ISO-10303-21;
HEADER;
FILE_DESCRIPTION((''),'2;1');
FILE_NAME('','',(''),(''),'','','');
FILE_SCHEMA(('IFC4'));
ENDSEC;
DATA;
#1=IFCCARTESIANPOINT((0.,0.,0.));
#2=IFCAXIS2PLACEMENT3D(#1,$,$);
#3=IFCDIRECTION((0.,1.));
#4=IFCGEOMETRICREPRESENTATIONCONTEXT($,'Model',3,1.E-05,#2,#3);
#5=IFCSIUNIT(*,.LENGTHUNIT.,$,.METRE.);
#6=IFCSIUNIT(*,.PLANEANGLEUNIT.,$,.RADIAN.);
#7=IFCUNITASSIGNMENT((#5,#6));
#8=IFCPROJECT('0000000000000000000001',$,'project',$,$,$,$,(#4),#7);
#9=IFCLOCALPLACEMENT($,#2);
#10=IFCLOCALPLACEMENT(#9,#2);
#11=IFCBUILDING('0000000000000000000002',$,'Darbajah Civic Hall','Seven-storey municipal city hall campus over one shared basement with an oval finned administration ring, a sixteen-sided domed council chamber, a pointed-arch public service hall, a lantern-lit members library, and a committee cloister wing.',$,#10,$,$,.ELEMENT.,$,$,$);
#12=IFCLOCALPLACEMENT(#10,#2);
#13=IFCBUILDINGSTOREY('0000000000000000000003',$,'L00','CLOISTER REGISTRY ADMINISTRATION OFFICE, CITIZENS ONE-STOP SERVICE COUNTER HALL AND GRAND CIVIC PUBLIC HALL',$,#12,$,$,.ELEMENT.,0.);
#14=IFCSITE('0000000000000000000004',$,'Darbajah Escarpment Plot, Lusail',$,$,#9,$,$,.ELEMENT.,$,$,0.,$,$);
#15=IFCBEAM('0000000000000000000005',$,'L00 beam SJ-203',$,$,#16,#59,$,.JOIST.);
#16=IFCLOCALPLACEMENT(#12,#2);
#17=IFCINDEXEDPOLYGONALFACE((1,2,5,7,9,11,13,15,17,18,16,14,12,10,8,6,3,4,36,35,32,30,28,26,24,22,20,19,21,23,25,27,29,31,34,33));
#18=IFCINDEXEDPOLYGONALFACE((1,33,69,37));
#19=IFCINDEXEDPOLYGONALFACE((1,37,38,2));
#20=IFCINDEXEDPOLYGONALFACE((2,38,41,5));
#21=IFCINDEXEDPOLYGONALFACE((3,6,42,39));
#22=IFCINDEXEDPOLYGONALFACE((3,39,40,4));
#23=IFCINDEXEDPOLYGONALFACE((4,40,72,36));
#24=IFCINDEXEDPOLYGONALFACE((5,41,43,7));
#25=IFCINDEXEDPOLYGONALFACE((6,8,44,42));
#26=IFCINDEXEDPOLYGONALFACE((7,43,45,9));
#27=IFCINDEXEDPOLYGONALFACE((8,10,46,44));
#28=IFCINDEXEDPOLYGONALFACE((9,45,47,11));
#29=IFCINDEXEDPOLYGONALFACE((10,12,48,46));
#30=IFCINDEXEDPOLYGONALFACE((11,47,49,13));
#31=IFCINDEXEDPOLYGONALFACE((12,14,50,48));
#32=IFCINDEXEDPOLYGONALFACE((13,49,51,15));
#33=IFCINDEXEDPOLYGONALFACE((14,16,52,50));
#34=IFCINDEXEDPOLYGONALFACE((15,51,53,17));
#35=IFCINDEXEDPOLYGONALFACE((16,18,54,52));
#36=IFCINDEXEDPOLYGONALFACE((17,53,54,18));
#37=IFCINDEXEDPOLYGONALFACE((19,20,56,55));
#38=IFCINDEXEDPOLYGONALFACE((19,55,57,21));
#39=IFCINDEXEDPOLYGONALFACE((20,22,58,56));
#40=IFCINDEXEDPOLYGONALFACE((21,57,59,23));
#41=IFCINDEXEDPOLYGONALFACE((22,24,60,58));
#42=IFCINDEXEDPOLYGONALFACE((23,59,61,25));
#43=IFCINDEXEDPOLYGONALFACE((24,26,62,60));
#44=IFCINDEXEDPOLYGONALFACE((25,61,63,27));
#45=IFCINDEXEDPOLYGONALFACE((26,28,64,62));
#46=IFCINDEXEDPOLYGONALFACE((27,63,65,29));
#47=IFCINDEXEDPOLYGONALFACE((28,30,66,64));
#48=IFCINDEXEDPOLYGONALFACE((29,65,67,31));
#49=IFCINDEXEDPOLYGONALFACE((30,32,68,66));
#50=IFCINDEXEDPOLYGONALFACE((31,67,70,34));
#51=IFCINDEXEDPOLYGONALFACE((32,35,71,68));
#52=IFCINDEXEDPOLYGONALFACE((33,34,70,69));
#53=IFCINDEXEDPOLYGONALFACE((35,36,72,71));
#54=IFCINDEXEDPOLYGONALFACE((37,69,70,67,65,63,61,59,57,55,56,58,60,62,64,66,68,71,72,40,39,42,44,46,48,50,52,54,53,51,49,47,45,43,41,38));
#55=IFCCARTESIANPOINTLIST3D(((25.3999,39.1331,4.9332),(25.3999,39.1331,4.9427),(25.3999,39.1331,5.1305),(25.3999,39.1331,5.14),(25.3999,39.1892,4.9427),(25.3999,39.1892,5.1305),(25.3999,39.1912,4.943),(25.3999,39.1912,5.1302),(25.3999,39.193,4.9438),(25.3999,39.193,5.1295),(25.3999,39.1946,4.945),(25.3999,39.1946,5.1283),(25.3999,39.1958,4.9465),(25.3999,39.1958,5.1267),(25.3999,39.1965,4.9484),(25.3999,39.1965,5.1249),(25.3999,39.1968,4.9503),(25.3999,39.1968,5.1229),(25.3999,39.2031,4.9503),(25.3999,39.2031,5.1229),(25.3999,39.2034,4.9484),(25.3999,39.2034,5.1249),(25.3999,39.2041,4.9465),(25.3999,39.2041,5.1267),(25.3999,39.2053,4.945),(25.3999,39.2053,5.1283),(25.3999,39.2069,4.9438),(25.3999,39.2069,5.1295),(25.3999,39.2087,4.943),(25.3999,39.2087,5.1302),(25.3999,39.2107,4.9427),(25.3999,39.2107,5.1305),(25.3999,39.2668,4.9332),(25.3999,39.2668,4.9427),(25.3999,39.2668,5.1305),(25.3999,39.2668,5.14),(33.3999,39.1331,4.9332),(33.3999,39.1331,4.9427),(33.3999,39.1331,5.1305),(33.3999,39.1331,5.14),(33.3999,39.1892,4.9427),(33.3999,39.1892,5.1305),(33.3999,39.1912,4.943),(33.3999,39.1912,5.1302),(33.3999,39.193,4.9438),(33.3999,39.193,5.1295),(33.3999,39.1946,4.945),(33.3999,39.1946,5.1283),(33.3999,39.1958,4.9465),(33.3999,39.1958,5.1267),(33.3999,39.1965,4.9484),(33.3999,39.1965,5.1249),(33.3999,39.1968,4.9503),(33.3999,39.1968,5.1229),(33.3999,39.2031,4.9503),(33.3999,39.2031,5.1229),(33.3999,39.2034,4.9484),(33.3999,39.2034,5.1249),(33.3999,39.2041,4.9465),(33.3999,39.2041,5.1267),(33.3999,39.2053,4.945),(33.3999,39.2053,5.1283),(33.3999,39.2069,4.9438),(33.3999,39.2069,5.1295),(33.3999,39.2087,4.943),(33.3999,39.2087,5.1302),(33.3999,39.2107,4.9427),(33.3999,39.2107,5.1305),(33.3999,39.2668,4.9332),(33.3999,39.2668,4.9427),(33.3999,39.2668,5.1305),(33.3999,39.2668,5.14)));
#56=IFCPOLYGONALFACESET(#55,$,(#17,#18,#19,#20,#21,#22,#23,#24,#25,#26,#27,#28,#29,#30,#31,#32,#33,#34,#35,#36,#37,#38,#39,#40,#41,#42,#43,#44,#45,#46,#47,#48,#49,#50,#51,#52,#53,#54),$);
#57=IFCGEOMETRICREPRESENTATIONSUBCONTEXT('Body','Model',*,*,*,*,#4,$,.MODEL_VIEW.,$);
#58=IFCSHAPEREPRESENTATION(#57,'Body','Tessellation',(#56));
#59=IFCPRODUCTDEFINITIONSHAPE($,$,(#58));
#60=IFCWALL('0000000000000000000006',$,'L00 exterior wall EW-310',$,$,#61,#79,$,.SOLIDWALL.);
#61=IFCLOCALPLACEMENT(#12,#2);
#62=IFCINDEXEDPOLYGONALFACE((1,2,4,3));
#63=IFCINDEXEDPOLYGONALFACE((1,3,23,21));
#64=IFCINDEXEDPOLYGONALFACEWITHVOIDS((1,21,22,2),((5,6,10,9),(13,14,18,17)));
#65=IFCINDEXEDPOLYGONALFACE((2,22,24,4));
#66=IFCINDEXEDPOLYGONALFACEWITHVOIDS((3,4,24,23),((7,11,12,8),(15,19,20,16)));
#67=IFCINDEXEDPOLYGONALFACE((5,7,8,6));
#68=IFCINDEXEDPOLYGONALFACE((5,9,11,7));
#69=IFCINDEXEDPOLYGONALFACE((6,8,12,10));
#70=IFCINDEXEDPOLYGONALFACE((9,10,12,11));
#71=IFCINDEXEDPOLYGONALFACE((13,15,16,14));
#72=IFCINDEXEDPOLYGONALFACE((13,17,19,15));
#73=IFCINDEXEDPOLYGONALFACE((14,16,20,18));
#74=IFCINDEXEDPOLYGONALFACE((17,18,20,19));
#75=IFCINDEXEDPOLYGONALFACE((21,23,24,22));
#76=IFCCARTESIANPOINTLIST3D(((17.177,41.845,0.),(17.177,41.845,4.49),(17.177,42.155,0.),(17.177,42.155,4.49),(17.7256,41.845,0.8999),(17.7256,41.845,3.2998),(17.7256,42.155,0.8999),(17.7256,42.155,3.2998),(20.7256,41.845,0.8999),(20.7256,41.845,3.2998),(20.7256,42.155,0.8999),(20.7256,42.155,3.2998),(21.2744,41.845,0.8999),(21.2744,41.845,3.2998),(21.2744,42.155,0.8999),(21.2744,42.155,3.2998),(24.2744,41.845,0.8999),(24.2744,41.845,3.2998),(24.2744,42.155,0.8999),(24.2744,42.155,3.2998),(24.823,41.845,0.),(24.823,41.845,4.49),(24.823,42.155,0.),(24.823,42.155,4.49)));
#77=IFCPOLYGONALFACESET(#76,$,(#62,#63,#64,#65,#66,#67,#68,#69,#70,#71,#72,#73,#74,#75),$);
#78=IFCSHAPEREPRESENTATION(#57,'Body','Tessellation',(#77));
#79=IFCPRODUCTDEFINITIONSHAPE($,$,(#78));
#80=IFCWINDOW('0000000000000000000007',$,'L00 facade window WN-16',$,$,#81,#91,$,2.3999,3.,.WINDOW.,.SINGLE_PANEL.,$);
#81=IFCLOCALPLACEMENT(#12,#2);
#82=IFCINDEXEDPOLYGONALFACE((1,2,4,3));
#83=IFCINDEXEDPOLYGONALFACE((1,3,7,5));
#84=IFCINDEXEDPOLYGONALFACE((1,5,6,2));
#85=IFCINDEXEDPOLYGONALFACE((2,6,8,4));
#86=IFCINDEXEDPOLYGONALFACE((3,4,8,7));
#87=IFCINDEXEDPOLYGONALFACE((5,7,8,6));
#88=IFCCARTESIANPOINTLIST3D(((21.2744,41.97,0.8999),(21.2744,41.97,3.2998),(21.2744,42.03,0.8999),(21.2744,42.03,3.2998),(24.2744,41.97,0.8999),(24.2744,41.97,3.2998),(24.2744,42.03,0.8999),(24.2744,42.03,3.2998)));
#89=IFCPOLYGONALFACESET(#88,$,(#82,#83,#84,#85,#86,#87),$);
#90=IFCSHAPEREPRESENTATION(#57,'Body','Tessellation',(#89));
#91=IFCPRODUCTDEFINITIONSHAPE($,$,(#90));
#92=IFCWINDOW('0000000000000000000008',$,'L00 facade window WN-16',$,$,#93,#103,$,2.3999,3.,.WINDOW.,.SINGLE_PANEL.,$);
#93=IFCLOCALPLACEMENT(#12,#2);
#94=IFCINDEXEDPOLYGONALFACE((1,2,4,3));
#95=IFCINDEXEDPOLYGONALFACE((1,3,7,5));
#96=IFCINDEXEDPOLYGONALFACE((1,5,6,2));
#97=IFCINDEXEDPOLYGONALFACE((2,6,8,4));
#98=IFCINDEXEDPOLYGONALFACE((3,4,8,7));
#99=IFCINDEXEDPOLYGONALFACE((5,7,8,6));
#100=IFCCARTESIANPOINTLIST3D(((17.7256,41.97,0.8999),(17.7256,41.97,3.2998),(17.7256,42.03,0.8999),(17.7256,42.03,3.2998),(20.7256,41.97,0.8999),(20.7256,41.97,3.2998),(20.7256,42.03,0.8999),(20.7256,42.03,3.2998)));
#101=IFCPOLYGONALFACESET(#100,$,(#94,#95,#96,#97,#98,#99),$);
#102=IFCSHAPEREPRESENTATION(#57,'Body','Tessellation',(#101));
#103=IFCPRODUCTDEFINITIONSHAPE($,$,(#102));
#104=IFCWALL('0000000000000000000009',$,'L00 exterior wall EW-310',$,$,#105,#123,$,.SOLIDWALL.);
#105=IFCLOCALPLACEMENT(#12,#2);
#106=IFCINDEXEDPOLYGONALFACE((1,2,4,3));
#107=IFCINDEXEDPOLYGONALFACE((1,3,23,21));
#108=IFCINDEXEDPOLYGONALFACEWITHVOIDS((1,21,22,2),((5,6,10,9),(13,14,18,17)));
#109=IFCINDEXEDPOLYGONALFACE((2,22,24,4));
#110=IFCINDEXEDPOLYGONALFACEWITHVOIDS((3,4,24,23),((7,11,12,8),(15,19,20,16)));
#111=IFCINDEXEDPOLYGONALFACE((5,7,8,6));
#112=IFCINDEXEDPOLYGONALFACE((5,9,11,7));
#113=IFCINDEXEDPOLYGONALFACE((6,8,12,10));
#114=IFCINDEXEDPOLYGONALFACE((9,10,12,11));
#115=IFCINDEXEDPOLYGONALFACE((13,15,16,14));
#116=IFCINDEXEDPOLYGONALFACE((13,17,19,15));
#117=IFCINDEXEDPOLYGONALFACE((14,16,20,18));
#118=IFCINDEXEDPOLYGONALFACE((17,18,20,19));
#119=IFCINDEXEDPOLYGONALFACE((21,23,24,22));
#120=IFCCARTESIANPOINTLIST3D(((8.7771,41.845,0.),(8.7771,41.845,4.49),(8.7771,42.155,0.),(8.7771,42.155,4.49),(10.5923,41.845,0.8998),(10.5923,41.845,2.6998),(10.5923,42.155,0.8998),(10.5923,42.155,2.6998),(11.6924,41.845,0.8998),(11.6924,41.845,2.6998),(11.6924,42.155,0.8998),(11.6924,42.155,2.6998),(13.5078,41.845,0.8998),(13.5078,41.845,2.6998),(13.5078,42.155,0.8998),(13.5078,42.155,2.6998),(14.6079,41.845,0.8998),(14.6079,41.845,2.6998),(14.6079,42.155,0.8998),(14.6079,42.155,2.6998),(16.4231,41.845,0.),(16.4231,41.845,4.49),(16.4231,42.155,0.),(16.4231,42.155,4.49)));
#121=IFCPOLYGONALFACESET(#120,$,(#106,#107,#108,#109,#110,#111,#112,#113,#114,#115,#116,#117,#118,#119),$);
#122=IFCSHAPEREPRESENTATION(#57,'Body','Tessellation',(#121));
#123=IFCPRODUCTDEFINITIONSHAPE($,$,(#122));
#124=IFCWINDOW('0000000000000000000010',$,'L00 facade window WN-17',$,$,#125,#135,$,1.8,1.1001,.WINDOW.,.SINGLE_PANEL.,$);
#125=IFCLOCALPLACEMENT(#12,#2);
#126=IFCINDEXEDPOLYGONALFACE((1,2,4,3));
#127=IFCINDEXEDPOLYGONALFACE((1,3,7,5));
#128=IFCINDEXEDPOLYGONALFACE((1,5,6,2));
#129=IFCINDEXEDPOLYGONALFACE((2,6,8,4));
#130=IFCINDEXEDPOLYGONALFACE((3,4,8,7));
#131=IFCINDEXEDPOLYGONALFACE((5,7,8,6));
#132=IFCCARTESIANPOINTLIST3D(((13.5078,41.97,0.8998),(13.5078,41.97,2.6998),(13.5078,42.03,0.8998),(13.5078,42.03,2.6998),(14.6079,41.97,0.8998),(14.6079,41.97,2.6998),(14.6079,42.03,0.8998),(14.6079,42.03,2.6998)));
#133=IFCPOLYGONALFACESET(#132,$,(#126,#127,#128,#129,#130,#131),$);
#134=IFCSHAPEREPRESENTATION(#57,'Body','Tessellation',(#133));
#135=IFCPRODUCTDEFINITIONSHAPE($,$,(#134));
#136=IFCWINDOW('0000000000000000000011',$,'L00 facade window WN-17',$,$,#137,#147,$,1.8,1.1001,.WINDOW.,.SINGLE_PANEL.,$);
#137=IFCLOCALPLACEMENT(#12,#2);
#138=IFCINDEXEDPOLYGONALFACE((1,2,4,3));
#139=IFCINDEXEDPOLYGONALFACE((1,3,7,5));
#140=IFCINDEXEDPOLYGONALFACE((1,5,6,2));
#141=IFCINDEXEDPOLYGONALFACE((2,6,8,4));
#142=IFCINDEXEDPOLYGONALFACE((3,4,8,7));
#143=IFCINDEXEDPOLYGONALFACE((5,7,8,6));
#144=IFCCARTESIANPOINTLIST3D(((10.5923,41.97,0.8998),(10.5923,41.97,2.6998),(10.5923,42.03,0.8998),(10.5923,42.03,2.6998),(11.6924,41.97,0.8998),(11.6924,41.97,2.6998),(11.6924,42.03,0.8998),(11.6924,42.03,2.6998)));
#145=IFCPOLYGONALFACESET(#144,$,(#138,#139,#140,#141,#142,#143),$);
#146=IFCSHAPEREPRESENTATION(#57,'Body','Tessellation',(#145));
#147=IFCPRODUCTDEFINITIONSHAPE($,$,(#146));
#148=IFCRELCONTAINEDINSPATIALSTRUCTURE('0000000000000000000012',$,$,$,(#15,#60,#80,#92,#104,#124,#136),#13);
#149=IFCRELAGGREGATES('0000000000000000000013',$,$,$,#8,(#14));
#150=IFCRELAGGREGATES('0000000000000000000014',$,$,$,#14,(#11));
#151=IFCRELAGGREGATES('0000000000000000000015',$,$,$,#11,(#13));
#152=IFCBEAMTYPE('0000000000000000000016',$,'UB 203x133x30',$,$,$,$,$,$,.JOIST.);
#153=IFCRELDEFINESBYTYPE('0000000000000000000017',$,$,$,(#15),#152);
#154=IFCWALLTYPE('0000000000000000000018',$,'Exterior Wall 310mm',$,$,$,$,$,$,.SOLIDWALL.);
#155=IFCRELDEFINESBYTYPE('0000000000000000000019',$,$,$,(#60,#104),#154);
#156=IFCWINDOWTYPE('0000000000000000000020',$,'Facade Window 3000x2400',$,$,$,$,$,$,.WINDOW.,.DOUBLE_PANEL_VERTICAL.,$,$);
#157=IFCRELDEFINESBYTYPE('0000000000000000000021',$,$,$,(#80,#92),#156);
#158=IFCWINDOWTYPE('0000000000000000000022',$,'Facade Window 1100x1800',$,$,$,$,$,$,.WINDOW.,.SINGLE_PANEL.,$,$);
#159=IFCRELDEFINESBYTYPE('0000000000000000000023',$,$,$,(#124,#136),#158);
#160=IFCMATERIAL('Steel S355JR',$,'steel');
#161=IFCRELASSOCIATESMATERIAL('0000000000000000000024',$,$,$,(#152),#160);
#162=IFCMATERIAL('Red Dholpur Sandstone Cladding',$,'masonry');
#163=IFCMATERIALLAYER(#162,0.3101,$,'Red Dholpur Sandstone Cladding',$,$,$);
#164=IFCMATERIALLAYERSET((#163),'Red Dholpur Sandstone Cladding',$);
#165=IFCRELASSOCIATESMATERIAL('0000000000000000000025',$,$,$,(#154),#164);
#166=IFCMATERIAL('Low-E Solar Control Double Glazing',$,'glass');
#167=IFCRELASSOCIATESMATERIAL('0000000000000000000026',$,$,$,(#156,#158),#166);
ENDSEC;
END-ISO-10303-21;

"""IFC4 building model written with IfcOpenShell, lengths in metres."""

from ifc_helpers import new_model, si_unit, direction, frame, frame_2d, origin, origin_2d, place, context, subcontext, project, spatial, rectangle, i_section, extrude, material, layer, layer_set, material_profile, profile_set, type_object, element, fill, save


model = new_model("IFC4")

# Units and contexts
model_context = context("Model", 3, precision=1e-05, world=origin(), true_north=direction((0.0, 1.0)))
body_context = subcontext(model_context, "Body", "Model", "MODEL_VIEW")
ifc_project = project(units=[si_unit("LENGTHUNIT", "METRE"), si_unit("PLANEANGLEUNIT", "RADIAN")], contexts=[model_context])

# Site, building, storey
site_placement = place(None, origin())
site = spatial("IfcSite", under=ifc_project, at=site_placement, Name="Darbajah Escarpment Plot, Lusail", CompositionType="ELEMENT", RefElevation=0.0)
building_placement = place(site_placement, origin())
building = spatial("IfcBuilding", under=site, at=building_placement, Name="Darbajah Civic Hall", Description="Seven-storey municipal city hall campus over one shared basement with an oval finned administration ring, a sixteen-sided domed council chamber, a pointed-arch public service hall, a lantern-lit members library, and a committee cloister wing.", CompositionType="ELEMENT")
storey_placement = place(building_placement, origin())
storey = spatial("IfcBuildingStorey", under=building, at=storey_placement, Name="L00", Description="CLOISTER REGISTRY ADMINISTRATION OFFICE, CITIZENS ONE-STOP SERVICE COUNTER HALL AND GRAND CIVIC PUBLIC HALL", CompositionType="ELEMENT", Elevation=0.0)

# Beam
ifc_material_1 = material(Name="Steel S355JR", Category="steel")
ifc_material_profile_1 = material_profile(ifc_material_1, i_section(OverallWidth=0.1338, OverallDepth=0.2068, WebThickness=0.0063, FlangeThickness=0.0095, FilletRadius=0.0076, at=origin_2d()), Name="UB 203x133x30")
ifc_profile_set_1 = profile_set([ifc_material_profile_1], Name="Steel S355JR")
beam_type_1 = type_object("IfcBeamType", Name="UB 203x133x30", PredefinedType="JOIST", material=ifc_profile_set_1)
for number, where, z_axis, x_axis, name in (
    (1, (25.3999, 39.2, 5.0366), (1.0, 0.0, 0.0), (0.0, 1.0, 0.0), "L00 beam SJ-203"),
):
    element("IfcBeam", number, at=place(storey_placement, frame(where, z_axis=z_axis, x_axis=x_axis)), inside=storey, type_object=beam_type_1, Name=name, PredefinedType="JOIST", context=body_context, shape_type="SweptSolid", body=[
        extrude(i_section(OverallWidth=0.1338, OverallDepth=0.2068, WebThickness=0.0063, FlangeThickness=0.0095, FilletRadius=0.0076, at=origin_2d()), origin(), (0.0, 0.0, 1.0), 8.0),
    ])

# Walls, openings, windows
ifc_material_2 = material(Name="Red Dholpur Sandstone Cladding", Category="masonry")
ifc_layer_1 = layer(ifc_material_2, 0.3101, Name="Red Dholpur Sandstone Cladding")
ifc_layer_set_1 = layer_set([ifc_layer_1], Name="Red Dholpur Sandstone Cladding")
wall_type_1 = type_object("IfcWallType", Name="Exterior Wall 310mm", PredefinedType="SOLIDWALL", material=ifc_layer_set_1)
wall_1_placement = place(storey_placement, frame((24.823, 42.0, 0.0), z_axis=(0.0, 0.0, 1.0), x_axis=(-1.0, 0.0, 0.0)))
wall_1 = element("IfcWall", 2, at=wall_1_placement, inside=storey, type_object=wall_type_1, Name="L00 exterior wall EW-310", PredefinedType="SOLIDWALL", context=body_context, shape_type="SweptSolid", body=[
    extrude(rectangle(XDim=7.646, YDim=0.3101, at=frame_2d((3.823, 0.0))), origin(), (0.0, 0.0, 1.0), 4.49),
])
opening_1_placement = place(wall_1_placement, frame((0.5486, 0.0, 0.8999)))
opening_1 = element("IfcOpeningElement", 3, at=opening_1_placement, cuts=wall_1, PredefinedType="OPENING", context=body_context, shape_type="SweptSolid", body=[
    extrude(rectangle(XDim=3.0, YDim=2.3999, at=frame_2d((1.5, 1.2))), frame((0.0, 0.165, 0.0), z_axis=(0.0, -1.0, 0.0), x_axis=(1.0, 0.0, 0.0)), (0.0, 0.0, 1.0), 0.3301),
])
opening_2_placement = place(wall_1_placement, frame((4.0974, 0.0, 0.8999)))
opening_2 = element("IfcOpeningElement", 4, at=opening_2_placement, cuts=wall_1, PredefinedType="OPENING", context=body_context, shape_type="SweptSolid", body=[
    extrude(rectangle(XDim=3.0, YDim=2.3999, at=frame_2d((1.5, 1.2))), frame((0.0, 0.165, 0.0), z_axis=(0.0, -1.0, 0.0), x_axis=(1.0, 0.0, 0.0)), (0.0, 0.0, 1.0), 0.3301),
])
ifc_material_3 = material(Name="Low-E Solar Control Double Glazing", Category="glass")
window_type_1 = type_object("IfcWindowType", Name="Facade Window 3000x2400", PartitioningType="DOUBLE_PANEL_VERTICAL", PredefinedType="WINDOW", material=ifc_material_3)
window_1_placement = place(opening_1_placement, origin())
window_1 = element("IfcWindow", 5, at=window_1_placement, inside=storey, type_object=window_type_1, Name="L00 facade window WN-16", OverallHeight=2.3999, OverallWidth=3.0, PartitioningType="SINGLE_PANEL", PredefinedType="WINDOW", context=body_context, shape_type="SweptSolid", body=[
    extrude(rectangle(XDim=3.0, YDim=2.3999, at=frame_2d((1.5, 1.2))), frame((0.0, 0.03, 0.0), z_axis=(0.0, -1.0, 0.0), x_axis=(1.0, 0.0, 0.0)), (0.0, 0.0, 1.0), 0.0601),
])
fill(opening_1, window_1)
window_2_placement = place(opening_2_placement, origin())
window_2 = element("IfcWindow", 6, at=window_2_placement, inside=storey, type_object=window_type_1, Name="L00 facade window WN-16", OverallHeight=2.3999, OverallWidth=3.0, PartitioningType="SINGLE_PANEL", PredefinedType="WINDOW", context=body_context, shape_type="SweptSolid", body=[
    extrude(rectangle(XDim=3.0, YDim=2.3999, at=frame_2d((1.5, 1.2))), frame((0.0, 0.03, 0.0), z_axis=(0.0, -1.0, 0.0), x_axis=(1.0, 0.0, 0.0)), (0.0, 0.0, 1.0), 0.0601),
])
fill(opening_2, window_2)
wall_2_placement = place(storey_placement, frame((16.4231, 42.0, 0.0), z_axis=(0.0, 0.0, 1.0), x_axis=(-1.0, 0.0, 0.0)))
wall_2 = element("IfcWall", 7, at=wall_2_placement, inside=storey, type_object=wall_type_1, Name="L00 exterior wall EW-310", PredefinedType="SOLIDWALL", context=body_context, shape_type="SweptSolid", body=[
    extrude(rectangle(XDim=7.646, YDim=0.3101, at=frame_2d((3.823, 0.0))), origin(), (0.0, 0.0, 1.0), 4.49),
])
opening_3_placement = place(wall_2_placement, frame((1.8152, 0.0, 0.8999)))
opening_3 = element("IfcOpeningElement", 8, at=opening_3_placement, cuts=wall_2, PredefinedType="OPENING", context=body_context, shape_type="SweptSolid", body=[
    extrude(rectangle(XDim=1.1001, YDim=1.8, at=frame_2d((0.55, 0.8999))), frame((0.0, 0.165, 0.0), z_axis=(0.0, -1.0, 0.0), x_axis=(1.0, 0.0, 0.0)), (0.0, 0.0, 1.0), 0.3301),
])
opening_4_placement = place(wall_2_placement, frame((4.7307, 0.0, 0.8999)))
opening_4 = element("IfcOpeningElement", 9, at=opening_4_placement, cuts=wall_2, PredefinedType="OPENING", context=body_context, shape_type="SweptSolid", body=[
    extrude(rectangle(XDim=1.1001, YDim=1.8, at=frame_2d((0.55, 0.8999))), frame((0.0, 0.165, 0.0), z_axis=(0.0, -1.0, 0.0), x_axis=(1.0, 0.0, 0.0)), (0.0, 0.0, 1.0), 0.3301),
])
window_type_2 = type_object("IfcWindowType", Name="Facade Window 1100x1800", PartitioningType="SINGLE_PANEL", PredefinedType="WINDOW", material=ifc_material_3)
window_3_placement = place(opening_3_placement, origin())
window_3 = element("IfcWindow", 10, at=window_3_placement, inside=storey, type_object=window_type_2, Name="L00 facade window WN-17", OverallHeight=1.8, OverallWidth=1.1001, PartitioningType="SINGLE_PANEL", PredefinedType="WINDOW", context=body_context, shape_type="SweptSolid", body=[
    extrude(rectangle(XDim=1.1001, YDim=1.8, at=frame_2d((0.55, 0.8999))), frame((0.0, 0.03, 0.0), z_axis=(0.0, -1.0, 0.0), x_axis=(1.0, 0.0, 0.0)), (0.0, 0.0, 1.0), 0.0601),
])
fill(opening_3, window_3)
window_4_placement = place(opening_4_placement, origin())
window_4 = element("IfcWindow", 11, at=window_4_placement, inside=storey, type_object=window_type_2, Name="L00 facade window WN-17", OverallHeight=1.8, OverallWidth=1.1001, PartitioningType="SINGLE_PANEL", PredefinedType="WINDOW", context=body_context, shape_type="SweptSolid", body=[
    extrude(rectangle(XDim=1.1001, YDim=1.8, at=frame_2d((0.55, 0.8999))), frame((0.0, 0.03, 0.0), z_axis=(0.0, -1.0, 0.0), x_axis=(1.0, 0.0, 0.0)), (0.0, 0.0, 1.0), 0.0601),
])
fill(opening_4, window_4)

save(model, "model.ifc")
